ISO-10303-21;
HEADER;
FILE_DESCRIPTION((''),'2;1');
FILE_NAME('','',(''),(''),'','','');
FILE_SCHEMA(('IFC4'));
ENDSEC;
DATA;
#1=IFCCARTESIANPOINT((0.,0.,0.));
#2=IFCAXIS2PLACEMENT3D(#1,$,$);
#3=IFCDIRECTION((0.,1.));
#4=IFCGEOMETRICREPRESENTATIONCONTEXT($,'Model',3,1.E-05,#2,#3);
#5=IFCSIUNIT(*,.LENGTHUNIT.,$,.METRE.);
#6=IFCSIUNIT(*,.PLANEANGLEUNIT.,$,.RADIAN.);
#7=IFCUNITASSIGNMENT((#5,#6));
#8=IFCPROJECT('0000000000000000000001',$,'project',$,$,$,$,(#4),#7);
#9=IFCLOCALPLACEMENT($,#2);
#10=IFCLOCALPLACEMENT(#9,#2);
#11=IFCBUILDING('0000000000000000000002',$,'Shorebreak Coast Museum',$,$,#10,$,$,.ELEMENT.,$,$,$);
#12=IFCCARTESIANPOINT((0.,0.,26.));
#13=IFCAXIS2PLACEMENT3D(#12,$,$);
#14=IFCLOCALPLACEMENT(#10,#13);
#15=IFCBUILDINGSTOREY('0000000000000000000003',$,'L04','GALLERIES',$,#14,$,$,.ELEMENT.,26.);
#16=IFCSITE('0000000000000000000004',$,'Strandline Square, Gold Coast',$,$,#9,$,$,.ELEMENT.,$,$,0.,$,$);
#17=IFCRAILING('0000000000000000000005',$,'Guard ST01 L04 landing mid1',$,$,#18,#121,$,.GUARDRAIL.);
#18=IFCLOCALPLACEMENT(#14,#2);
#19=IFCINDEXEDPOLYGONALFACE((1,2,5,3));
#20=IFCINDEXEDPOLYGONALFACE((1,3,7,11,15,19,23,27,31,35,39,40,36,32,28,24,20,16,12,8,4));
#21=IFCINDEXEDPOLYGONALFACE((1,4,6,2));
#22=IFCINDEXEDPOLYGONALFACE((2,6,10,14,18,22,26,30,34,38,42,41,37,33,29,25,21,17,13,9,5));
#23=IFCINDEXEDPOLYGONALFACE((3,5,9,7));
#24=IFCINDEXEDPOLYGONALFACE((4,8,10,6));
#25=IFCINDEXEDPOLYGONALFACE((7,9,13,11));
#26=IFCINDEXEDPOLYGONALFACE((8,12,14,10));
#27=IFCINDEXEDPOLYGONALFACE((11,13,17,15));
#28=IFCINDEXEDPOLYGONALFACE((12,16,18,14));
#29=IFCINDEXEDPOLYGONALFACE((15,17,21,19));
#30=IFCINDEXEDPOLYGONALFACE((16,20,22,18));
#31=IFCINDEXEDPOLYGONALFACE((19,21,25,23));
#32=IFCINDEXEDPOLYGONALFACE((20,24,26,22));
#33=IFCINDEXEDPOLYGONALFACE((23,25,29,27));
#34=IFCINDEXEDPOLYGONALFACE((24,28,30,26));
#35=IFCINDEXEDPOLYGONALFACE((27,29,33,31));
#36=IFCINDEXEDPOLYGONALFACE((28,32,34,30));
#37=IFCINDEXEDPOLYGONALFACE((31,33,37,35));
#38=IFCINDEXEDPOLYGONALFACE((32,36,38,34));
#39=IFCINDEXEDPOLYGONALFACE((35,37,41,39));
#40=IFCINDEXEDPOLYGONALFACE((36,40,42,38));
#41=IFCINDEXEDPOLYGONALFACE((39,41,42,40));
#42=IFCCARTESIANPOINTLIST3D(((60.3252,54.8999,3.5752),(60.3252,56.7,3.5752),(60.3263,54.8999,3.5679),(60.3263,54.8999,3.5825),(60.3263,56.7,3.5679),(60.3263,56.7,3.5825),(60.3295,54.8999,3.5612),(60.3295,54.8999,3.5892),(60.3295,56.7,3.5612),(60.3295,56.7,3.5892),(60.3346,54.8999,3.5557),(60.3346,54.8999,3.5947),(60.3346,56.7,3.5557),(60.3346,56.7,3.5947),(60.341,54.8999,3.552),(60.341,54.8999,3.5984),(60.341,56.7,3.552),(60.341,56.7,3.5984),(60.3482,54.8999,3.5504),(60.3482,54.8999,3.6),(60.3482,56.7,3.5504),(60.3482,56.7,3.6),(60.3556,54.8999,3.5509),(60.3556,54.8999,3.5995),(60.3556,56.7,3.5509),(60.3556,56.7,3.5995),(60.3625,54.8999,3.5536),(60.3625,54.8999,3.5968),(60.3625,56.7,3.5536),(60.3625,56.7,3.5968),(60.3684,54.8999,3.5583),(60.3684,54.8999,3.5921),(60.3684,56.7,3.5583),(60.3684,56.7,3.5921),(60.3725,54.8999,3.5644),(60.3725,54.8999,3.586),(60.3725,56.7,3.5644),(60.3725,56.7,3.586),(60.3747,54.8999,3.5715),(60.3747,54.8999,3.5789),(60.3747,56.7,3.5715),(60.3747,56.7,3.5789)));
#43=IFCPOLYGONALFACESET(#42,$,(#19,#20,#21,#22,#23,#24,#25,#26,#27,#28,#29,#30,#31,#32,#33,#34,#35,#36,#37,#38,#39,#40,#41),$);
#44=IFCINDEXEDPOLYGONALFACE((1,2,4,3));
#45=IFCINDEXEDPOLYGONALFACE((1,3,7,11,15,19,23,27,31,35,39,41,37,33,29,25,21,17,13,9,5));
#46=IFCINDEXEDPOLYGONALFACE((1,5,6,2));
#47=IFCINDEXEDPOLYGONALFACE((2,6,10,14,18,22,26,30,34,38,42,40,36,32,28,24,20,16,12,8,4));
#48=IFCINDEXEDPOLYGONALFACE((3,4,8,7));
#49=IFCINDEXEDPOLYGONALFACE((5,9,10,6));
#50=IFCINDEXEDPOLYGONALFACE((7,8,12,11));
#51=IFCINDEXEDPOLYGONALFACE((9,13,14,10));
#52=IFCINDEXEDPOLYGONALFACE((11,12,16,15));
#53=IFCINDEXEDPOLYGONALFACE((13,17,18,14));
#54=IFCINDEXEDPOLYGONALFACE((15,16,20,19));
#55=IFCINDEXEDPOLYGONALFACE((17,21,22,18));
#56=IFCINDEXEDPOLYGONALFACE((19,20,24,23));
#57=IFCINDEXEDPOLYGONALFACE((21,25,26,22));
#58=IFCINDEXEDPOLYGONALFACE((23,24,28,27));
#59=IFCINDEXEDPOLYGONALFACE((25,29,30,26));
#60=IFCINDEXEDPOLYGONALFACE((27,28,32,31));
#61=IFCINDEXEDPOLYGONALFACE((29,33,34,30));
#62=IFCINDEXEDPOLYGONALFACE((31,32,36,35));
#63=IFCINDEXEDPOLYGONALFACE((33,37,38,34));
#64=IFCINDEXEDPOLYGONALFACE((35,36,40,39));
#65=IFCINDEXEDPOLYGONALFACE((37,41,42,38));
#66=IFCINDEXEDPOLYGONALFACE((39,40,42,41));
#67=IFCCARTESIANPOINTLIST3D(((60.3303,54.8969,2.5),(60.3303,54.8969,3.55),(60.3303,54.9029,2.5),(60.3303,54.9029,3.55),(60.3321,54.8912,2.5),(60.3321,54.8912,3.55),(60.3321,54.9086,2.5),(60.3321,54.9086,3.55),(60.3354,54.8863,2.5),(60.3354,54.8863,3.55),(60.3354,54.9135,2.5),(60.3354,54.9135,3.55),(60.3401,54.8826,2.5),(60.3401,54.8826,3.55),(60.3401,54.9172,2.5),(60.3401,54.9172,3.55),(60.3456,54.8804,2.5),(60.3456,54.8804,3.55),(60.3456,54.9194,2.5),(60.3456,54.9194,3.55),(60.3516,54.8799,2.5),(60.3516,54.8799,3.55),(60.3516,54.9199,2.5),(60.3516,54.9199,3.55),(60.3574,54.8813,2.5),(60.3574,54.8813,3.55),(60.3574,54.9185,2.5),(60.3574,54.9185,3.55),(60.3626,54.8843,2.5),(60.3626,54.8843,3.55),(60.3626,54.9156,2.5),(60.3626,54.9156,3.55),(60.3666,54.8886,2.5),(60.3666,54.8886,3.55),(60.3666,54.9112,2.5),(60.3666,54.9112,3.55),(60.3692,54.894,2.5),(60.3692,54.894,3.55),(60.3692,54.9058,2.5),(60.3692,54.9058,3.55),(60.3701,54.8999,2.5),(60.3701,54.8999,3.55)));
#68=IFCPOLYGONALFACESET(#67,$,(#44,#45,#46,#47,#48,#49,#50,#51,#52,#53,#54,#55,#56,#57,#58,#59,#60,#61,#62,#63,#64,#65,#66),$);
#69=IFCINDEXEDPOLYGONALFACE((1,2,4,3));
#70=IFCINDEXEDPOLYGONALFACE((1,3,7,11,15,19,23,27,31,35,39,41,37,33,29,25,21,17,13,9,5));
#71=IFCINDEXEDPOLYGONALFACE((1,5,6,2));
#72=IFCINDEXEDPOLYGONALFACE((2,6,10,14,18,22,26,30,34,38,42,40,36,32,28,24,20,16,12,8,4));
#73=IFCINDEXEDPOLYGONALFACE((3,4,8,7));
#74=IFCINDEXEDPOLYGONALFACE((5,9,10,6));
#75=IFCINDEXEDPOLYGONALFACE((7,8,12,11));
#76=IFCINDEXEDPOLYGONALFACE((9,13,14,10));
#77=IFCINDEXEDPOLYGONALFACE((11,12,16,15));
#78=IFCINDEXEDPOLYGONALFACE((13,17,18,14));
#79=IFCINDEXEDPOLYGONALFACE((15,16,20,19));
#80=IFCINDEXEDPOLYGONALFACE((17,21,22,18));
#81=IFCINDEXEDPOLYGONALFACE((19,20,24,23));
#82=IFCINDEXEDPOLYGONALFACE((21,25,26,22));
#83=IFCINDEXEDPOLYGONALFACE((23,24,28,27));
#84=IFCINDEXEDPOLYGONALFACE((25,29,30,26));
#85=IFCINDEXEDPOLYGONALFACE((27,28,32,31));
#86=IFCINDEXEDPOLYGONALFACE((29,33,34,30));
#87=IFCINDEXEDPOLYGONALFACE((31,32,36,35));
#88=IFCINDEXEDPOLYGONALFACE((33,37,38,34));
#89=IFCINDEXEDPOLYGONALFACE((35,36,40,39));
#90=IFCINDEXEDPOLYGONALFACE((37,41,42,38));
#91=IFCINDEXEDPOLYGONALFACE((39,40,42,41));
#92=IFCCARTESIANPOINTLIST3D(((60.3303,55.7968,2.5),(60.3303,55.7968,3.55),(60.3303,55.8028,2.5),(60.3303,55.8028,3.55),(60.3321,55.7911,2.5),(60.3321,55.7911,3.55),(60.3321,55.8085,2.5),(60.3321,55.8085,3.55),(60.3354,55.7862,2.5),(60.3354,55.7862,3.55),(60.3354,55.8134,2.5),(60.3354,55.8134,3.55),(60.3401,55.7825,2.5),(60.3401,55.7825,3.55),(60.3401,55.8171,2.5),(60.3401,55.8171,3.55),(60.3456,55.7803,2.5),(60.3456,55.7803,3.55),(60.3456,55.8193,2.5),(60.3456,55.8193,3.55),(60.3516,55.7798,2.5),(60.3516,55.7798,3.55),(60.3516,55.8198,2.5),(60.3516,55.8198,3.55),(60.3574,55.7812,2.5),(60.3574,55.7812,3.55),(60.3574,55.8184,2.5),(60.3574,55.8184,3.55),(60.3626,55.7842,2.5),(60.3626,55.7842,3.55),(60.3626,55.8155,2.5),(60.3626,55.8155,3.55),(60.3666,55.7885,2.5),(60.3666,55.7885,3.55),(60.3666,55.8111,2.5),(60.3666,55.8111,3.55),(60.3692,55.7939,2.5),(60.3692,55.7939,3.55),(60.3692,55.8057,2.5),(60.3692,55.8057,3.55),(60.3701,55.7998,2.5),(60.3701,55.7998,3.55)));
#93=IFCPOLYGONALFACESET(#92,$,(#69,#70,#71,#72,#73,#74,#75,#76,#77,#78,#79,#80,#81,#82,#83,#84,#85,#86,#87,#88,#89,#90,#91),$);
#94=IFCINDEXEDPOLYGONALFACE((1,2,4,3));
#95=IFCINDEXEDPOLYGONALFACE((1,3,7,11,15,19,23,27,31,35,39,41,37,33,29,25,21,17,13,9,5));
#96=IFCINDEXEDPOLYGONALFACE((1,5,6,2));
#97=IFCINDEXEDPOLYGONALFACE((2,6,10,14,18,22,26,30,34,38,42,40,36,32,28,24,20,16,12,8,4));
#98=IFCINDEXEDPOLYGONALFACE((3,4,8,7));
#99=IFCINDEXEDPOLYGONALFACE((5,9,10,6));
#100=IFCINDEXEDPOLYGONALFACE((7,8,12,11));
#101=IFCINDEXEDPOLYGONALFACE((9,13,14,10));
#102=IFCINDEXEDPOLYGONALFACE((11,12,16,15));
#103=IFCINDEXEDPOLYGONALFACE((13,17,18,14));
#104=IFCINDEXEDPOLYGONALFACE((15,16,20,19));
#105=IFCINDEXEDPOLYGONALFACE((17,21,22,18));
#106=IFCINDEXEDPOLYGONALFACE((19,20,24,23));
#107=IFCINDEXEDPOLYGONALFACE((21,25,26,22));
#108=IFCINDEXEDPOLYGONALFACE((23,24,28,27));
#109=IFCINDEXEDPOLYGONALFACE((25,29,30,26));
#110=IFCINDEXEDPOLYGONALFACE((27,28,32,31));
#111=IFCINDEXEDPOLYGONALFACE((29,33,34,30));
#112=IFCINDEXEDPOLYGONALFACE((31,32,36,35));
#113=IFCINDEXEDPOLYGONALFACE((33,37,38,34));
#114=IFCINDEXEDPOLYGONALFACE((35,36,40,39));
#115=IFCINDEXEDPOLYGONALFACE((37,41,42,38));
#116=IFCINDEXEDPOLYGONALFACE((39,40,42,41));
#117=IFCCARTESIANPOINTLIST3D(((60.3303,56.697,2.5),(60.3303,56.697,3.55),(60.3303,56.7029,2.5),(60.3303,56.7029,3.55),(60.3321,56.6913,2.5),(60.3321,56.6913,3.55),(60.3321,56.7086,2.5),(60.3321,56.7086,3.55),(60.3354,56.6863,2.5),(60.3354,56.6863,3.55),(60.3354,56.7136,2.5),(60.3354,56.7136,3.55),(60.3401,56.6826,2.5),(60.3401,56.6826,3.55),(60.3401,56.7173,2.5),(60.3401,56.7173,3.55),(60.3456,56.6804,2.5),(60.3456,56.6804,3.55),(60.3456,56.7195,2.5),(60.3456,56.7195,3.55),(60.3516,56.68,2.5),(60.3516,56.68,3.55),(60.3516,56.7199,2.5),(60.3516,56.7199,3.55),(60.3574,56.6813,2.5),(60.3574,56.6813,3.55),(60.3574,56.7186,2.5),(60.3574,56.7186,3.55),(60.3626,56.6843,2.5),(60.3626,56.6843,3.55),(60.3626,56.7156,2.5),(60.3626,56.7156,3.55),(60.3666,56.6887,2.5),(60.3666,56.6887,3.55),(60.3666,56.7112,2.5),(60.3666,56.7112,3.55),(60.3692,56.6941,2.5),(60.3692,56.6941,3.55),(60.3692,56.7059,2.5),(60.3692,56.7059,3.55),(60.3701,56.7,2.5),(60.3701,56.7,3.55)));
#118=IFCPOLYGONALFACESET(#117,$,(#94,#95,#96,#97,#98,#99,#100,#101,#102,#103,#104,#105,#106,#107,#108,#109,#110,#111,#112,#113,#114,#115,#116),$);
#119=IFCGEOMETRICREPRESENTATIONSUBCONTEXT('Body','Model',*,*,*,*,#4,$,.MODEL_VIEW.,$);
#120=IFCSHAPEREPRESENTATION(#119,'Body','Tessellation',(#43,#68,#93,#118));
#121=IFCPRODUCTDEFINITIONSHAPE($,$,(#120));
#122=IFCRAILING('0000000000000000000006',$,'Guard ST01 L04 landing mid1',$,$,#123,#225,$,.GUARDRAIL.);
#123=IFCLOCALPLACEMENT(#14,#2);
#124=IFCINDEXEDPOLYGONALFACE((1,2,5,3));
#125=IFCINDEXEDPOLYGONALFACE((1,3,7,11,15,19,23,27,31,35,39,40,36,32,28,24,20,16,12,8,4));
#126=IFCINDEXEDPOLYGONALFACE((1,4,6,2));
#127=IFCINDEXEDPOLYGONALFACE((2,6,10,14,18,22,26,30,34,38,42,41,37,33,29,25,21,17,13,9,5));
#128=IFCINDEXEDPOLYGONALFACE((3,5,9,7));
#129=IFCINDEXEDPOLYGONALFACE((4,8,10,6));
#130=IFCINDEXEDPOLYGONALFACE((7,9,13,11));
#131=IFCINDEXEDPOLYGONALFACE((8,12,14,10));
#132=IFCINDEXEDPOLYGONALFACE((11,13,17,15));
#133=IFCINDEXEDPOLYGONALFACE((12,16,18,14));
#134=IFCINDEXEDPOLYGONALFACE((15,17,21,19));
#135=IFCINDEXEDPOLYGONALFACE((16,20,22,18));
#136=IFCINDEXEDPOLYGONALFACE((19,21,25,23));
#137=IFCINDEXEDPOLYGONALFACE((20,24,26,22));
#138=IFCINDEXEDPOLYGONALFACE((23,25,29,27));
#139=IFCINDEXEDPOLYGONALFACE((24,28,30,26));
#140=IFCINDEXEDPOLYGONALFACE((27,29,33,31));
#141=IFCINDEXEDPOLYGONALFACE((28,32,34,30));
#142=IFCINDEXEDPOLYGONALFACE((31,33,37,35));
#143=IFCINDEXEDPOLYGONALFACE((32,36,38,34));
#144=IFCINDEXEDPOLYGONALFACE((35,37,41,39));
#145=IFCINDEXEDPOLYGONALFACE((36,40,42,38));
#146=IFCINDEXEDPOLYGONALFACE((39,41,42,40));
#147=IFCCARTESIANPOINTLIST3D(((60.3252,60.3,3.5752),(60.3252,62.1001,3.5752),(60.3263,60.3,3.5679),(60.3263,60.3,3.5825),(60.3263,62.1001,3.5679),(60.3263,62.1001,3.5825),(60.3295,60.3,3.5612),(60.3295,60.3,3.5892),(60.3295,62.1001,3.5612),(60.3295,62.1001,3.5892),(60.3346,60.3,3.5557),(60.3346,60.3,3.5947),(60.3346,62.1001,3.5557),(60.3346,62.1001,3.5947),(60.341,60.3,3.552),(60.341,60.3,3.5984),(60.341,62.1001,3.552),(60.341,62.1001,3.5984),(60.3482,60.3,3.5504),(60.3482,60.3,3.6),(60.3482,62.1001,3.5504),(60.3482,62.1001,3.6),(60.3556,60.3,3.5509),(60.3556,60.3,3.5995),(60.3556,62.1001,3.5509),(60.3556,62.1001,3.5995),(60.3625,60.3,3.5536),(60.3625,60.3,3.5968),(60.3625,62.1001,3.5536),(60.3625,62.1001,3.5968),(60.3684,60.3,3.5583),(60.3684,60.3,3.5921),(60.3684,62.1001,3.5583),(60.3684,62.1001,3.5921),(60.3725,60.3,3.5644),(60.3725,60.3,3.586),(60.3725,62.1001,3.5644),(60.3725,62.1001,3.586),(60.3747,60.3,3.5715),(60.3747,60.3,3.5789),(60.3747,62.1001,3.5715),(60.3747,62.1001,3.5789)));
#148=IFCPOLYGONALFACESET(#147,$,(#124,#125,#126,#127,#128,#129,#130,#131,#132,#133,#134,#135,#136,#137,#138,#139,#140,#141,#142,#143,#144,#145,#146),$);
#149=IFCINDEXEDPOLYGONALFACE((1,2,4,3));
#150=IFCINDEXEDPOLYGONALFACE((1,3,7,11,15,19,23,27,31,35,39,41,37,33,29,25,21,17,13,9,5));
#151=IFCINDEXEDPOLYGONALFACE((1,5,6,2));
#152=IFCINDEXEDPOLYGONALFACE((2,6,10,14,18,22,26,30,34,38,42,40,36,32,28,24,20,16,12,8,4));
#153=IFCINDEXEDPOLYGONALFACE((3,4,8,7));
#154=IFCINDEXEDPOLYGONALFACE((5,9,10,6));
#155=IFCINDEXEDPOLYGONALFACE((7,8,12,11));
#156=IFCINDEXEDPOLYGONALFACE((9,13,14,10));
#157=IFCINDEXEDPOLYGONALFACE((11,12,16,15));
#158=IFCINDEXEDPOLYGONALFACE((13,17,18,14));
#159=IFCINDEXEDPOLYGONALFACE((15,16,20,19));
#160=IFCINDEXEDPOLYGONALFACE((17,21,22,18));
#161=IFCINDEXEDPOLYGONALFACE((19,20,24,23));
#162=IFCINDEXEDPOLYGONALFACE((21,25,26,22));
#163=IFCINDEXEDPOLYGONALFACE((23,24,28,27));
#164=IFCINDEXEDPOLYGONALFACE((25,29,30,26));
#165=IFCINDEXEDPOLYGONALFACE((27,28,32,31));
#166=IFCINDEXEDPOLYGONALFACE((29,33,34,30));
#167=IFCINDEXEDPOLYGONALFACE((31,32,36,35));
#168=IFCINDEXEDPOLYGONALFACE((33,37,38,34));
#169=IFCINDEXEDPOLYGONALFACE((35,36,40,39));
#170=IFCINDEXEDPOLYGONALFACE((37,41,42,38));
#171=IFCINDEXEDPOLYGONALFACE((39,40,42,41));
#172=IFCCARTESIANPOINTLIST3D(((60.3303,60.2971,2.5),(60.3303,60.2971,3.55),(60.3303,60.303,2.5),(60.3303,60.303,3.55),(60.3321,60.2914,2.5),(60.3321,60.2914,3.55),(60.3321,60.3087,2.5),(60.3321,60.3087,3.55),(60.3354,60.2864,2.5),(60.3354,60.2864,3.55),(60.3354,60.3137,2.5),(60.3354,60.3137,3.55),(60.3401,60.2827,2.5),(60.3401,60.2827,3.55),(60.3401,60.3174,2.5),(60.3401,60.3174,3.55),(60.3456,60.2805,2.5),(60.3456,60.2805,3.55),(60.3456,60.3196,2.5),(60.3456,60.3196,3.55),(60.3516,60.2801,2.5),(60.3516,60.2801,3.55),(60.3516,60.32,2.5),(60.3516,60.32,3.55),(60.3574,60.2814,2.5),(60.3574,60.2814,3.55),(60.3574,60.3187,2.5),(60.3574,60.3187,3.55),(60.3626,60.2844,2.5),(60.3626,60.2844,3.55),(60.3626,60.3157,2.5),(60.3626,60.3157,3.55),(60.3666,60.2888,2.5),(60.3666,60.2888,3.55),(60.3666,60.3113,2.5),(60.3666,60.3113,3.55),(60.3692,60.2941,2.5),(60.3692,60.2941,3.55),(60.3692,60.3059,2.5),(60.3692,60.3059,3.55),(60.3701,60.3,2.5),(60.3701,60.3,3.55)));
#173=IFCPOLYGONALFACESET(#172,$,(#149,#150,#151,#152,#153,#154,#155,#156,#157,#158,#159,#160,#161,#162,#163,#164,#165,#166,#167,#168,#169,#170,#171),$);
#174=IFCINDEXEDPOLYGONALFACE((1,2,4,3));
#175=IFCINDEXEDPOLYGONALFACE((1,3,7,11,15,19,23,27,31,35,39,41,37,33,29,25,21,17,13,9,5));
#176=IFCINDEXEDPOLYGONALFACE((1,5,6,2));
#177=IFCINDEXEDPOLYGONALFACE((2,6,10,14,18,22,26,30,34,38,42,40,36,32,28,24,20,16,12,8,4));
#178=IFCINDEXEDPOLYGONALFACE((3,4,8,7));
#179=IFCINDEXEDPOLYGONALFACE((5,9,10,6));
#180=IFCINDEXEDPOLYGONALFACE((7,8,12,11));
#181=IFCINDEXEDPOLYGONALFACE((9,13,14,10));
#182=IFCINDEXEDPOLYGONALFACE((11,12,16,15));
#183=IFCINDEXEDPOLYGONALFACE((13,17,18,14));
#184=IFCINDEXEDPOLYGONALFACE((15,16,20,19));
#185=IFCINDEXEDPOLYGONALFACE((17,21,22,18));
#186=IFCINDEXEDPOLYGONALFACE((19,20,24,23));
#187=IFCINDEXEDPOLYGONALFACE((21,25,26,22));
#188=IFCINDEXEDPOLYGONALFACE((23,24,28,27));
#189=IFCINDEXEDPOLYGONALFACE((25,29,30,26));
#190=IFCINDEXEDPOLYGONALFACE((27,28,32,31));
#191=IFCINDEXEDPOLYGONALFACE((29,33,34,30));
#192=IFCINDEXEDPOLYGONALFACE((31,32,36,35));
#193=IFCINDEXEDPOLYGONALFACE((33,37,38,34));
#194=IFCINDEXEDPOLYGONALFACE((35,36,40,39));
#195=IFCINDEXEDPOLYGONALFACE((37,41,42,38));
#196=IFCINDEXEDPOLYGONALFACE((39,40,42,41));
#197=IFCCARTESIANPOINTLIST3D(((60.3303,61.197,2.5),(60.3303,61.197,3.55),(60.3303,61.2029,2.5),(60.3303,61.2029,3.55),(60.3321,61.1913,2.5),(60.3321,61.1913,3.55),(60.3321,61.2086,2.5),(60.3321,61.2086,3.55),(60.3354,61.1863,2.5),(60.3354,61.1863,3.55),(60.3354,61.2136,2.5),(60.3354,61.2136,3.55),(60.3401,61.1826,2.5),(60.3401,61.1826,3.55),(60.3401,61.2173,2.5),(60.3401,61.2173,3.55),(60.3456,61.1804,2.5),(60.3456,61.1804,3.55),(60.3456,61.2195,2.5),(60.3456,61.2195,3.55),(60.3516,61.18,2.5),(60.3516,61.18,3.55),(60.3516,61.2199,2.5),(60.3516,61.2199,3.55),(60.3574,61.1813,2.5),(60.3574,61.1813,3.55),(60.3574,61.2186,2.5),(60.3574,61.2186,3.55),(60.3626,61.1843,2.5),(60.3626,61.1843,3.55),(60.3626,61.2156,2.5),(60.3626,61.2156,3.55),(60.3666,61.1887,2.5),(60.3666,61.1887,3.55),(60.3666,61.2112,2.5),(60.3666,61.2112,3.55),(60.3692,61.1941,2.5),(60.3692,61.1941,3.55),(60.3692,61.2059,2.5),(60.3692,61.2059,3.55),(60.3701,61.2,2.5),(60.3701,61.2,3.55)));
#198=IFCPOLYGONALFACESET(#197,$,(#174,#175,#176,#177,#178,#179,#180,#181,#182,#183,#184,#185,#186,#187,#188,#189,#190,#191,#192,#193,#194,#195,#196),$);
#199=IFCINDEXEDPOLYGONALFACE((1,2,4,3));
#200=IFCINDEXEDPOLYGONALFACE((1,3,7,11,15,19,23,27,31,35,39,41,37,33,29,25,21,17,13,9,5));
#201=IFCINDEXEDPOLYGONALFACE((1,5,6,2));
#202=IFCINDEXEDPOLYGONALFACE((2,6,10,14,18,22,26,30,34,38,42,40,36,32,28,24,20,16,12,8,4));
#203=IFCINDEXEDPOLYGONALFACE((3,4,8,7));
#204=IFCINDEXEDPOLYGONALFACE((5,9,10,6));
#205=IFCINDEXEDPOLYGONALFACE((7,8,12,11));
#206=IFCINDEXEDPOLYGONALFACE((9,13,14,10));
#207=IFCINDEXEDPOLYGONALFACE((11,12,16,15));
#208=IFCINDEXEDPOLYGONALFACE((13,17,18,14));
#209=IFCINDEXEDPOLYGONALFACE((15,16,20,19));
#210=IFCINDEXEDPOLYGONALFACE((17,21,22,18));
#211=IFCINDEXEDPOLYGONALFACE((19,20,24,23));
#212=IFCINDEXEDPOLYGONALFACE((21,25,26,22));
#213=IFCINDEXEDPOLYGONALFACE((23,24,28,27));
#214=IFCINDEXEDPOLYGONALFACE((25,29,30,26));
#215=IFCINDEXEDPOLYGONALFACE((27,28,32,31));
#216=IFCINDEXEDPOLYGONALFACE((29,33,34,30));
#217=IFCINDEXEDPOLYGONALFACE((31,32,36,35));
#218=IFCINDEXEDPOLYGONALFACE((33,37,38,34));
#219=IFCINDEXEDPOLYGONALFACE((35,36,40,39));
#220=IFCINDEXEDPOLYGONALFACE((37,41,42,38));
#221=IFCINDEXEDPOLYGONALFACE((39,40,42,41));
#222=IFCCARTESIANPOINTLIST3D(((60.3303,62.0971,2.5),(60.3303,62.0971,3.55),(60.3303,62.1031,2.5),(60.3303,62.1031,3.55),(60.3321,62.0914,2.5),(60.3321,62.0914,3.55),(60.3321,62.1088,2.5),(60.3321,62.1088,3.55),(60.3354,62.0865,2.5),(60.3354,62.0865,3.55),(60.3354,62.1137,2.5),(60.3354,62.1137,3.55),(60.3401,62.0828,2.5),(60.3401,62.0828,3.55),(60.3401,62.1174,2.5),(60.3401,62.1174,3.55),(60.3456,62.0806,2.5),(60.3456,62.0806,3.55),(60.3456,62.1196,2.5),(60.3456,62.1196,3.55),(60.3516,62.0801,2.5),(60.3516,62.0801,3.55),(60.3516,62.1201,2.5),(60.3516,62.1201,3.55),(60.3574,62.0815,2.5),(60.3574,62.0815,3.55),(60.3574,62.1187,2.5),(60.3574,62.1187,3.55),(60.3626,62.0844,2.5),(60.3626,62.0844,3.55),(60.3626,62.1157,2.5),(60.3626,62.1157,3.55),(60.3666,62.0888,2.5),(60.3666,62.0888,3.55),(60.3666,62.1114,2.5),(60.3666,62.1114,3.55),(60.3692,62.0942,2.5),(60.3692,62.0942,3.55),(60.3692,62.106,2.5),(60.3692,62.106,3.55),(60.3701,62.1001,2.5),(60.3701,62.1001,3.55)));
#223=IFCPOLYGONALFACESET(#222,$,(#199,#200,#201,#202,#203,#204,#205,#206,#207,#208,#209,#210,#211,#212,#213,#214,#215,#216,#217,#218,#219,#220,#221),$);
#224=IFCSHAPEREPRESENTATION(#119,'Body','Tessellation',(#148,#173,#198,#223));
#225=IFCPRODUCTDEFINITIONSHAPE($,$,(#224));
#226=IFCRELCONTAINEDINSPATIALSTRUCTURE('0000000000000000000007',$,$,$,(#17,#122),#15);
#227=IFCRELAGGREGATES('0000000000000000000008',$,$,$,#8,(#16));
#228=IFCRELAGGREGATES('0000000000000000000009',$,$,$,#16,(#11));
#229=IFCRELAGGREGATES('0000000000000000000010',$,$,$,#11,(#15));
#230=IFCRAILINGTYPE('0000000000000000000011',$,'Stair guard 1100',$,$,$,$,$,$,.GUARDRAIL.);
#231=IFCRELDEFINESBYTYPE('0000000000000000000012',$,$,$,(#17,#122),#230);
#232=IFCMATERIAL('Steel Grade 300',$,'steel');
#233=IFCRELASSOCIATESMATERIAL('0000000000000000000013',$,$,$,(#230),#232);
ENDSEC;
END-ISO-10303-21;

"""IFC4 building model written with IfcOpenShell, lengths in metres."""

from ifc_helpers import new_model, si_unit, direction, frame, origin, origin_2d, place, context, subcontext, project, spatial, circle, extrude, material, type_object, element, save


model = new_model("IFC4")

# Units and contexts
model_context = context("Model", 3, precision=1e-05, world=origin(), true_north=direction((0.0, 1.0)))
body_context = subcontext(model_context, "Body", "Model", "MODEL_VIEW")
ifc_project = project(units=[si_unit("LENGTHUNIT", "METRE"), si_unit("PLANEANGLEUNIT", "RADIAN")], contexts=[model_context])

# Site, building, storey
site_placement = place(None, origin())
site = spatial("IfcSite", under=ifc_project, at=site_placement, Name="Strandline Square, Gold Coast", CompositionType="ELEMENT", RefElevation=0.0)
building_placement = place(site_placement, origin())
building = spatial("IfcBuilding", under=site, at=building_placement, Name="Shorebreak Coast Museum", CompositionType="ELEMENT")
storey_placement = place(building_placement, frame((0.0, 0.0, 26.0)))
storey = spatial("IfcBuildingStorey", under=building, at=storey_placement, Name="L04", Description="GALLERIES", CompositionType="ELEMENT", Elevation=26.0)

# Railings
ifc_material_1 = material(Name="Steel Grade 300", Category="steel")
railing_type_1 = type_object("IfcRailingType", Name="Stair guard 1100", PredefinedType="GUARDRAIL", material=ifc_material_1)
for number, where, name in (
    (1, (60.3501, 54.8999, 2.5), "Guard ST01 L04 landing mid1"),
    (2, (60.3501, 60.3, 2.5), "Guard ST01 L04 landing mid1"),
):
    element("IfcRailing", number, at=place(storey_placement, frame(where)), inside=storey, type_object=railing_type_1, Name=name, PredefinedType="GUARDRAIL", context=body_context, shape_type="SweptSolid", body=[
        extrude(circle(Radius=0.0249, at=origin_2d()), frame((0.0, 0.0, 1.0752), z_axis=(0.0, 1.0, 0.0), x_axis=(-1.0, 0.0, 0.0)), (0.0, 0.0, 1.0), 1.8),
        extrude(circle(Radius=0.02, at=origin_2d()), origin(), (0.0, 0.0, 1.0), 1.05),
        extrude(circle(Radius=0.02, at=origin_2d()), frame((0.0, 0.8999, 0.0)), (0.0, 0.0, 1.0), 1.05),
        extrude(circle(Radius=0.02, at=origin_2d()), frame((0.0, 1.8, 0.0)), (0.0, 0.0, 1.0), 1.05),
    ])

save(model, "model.ifc")
